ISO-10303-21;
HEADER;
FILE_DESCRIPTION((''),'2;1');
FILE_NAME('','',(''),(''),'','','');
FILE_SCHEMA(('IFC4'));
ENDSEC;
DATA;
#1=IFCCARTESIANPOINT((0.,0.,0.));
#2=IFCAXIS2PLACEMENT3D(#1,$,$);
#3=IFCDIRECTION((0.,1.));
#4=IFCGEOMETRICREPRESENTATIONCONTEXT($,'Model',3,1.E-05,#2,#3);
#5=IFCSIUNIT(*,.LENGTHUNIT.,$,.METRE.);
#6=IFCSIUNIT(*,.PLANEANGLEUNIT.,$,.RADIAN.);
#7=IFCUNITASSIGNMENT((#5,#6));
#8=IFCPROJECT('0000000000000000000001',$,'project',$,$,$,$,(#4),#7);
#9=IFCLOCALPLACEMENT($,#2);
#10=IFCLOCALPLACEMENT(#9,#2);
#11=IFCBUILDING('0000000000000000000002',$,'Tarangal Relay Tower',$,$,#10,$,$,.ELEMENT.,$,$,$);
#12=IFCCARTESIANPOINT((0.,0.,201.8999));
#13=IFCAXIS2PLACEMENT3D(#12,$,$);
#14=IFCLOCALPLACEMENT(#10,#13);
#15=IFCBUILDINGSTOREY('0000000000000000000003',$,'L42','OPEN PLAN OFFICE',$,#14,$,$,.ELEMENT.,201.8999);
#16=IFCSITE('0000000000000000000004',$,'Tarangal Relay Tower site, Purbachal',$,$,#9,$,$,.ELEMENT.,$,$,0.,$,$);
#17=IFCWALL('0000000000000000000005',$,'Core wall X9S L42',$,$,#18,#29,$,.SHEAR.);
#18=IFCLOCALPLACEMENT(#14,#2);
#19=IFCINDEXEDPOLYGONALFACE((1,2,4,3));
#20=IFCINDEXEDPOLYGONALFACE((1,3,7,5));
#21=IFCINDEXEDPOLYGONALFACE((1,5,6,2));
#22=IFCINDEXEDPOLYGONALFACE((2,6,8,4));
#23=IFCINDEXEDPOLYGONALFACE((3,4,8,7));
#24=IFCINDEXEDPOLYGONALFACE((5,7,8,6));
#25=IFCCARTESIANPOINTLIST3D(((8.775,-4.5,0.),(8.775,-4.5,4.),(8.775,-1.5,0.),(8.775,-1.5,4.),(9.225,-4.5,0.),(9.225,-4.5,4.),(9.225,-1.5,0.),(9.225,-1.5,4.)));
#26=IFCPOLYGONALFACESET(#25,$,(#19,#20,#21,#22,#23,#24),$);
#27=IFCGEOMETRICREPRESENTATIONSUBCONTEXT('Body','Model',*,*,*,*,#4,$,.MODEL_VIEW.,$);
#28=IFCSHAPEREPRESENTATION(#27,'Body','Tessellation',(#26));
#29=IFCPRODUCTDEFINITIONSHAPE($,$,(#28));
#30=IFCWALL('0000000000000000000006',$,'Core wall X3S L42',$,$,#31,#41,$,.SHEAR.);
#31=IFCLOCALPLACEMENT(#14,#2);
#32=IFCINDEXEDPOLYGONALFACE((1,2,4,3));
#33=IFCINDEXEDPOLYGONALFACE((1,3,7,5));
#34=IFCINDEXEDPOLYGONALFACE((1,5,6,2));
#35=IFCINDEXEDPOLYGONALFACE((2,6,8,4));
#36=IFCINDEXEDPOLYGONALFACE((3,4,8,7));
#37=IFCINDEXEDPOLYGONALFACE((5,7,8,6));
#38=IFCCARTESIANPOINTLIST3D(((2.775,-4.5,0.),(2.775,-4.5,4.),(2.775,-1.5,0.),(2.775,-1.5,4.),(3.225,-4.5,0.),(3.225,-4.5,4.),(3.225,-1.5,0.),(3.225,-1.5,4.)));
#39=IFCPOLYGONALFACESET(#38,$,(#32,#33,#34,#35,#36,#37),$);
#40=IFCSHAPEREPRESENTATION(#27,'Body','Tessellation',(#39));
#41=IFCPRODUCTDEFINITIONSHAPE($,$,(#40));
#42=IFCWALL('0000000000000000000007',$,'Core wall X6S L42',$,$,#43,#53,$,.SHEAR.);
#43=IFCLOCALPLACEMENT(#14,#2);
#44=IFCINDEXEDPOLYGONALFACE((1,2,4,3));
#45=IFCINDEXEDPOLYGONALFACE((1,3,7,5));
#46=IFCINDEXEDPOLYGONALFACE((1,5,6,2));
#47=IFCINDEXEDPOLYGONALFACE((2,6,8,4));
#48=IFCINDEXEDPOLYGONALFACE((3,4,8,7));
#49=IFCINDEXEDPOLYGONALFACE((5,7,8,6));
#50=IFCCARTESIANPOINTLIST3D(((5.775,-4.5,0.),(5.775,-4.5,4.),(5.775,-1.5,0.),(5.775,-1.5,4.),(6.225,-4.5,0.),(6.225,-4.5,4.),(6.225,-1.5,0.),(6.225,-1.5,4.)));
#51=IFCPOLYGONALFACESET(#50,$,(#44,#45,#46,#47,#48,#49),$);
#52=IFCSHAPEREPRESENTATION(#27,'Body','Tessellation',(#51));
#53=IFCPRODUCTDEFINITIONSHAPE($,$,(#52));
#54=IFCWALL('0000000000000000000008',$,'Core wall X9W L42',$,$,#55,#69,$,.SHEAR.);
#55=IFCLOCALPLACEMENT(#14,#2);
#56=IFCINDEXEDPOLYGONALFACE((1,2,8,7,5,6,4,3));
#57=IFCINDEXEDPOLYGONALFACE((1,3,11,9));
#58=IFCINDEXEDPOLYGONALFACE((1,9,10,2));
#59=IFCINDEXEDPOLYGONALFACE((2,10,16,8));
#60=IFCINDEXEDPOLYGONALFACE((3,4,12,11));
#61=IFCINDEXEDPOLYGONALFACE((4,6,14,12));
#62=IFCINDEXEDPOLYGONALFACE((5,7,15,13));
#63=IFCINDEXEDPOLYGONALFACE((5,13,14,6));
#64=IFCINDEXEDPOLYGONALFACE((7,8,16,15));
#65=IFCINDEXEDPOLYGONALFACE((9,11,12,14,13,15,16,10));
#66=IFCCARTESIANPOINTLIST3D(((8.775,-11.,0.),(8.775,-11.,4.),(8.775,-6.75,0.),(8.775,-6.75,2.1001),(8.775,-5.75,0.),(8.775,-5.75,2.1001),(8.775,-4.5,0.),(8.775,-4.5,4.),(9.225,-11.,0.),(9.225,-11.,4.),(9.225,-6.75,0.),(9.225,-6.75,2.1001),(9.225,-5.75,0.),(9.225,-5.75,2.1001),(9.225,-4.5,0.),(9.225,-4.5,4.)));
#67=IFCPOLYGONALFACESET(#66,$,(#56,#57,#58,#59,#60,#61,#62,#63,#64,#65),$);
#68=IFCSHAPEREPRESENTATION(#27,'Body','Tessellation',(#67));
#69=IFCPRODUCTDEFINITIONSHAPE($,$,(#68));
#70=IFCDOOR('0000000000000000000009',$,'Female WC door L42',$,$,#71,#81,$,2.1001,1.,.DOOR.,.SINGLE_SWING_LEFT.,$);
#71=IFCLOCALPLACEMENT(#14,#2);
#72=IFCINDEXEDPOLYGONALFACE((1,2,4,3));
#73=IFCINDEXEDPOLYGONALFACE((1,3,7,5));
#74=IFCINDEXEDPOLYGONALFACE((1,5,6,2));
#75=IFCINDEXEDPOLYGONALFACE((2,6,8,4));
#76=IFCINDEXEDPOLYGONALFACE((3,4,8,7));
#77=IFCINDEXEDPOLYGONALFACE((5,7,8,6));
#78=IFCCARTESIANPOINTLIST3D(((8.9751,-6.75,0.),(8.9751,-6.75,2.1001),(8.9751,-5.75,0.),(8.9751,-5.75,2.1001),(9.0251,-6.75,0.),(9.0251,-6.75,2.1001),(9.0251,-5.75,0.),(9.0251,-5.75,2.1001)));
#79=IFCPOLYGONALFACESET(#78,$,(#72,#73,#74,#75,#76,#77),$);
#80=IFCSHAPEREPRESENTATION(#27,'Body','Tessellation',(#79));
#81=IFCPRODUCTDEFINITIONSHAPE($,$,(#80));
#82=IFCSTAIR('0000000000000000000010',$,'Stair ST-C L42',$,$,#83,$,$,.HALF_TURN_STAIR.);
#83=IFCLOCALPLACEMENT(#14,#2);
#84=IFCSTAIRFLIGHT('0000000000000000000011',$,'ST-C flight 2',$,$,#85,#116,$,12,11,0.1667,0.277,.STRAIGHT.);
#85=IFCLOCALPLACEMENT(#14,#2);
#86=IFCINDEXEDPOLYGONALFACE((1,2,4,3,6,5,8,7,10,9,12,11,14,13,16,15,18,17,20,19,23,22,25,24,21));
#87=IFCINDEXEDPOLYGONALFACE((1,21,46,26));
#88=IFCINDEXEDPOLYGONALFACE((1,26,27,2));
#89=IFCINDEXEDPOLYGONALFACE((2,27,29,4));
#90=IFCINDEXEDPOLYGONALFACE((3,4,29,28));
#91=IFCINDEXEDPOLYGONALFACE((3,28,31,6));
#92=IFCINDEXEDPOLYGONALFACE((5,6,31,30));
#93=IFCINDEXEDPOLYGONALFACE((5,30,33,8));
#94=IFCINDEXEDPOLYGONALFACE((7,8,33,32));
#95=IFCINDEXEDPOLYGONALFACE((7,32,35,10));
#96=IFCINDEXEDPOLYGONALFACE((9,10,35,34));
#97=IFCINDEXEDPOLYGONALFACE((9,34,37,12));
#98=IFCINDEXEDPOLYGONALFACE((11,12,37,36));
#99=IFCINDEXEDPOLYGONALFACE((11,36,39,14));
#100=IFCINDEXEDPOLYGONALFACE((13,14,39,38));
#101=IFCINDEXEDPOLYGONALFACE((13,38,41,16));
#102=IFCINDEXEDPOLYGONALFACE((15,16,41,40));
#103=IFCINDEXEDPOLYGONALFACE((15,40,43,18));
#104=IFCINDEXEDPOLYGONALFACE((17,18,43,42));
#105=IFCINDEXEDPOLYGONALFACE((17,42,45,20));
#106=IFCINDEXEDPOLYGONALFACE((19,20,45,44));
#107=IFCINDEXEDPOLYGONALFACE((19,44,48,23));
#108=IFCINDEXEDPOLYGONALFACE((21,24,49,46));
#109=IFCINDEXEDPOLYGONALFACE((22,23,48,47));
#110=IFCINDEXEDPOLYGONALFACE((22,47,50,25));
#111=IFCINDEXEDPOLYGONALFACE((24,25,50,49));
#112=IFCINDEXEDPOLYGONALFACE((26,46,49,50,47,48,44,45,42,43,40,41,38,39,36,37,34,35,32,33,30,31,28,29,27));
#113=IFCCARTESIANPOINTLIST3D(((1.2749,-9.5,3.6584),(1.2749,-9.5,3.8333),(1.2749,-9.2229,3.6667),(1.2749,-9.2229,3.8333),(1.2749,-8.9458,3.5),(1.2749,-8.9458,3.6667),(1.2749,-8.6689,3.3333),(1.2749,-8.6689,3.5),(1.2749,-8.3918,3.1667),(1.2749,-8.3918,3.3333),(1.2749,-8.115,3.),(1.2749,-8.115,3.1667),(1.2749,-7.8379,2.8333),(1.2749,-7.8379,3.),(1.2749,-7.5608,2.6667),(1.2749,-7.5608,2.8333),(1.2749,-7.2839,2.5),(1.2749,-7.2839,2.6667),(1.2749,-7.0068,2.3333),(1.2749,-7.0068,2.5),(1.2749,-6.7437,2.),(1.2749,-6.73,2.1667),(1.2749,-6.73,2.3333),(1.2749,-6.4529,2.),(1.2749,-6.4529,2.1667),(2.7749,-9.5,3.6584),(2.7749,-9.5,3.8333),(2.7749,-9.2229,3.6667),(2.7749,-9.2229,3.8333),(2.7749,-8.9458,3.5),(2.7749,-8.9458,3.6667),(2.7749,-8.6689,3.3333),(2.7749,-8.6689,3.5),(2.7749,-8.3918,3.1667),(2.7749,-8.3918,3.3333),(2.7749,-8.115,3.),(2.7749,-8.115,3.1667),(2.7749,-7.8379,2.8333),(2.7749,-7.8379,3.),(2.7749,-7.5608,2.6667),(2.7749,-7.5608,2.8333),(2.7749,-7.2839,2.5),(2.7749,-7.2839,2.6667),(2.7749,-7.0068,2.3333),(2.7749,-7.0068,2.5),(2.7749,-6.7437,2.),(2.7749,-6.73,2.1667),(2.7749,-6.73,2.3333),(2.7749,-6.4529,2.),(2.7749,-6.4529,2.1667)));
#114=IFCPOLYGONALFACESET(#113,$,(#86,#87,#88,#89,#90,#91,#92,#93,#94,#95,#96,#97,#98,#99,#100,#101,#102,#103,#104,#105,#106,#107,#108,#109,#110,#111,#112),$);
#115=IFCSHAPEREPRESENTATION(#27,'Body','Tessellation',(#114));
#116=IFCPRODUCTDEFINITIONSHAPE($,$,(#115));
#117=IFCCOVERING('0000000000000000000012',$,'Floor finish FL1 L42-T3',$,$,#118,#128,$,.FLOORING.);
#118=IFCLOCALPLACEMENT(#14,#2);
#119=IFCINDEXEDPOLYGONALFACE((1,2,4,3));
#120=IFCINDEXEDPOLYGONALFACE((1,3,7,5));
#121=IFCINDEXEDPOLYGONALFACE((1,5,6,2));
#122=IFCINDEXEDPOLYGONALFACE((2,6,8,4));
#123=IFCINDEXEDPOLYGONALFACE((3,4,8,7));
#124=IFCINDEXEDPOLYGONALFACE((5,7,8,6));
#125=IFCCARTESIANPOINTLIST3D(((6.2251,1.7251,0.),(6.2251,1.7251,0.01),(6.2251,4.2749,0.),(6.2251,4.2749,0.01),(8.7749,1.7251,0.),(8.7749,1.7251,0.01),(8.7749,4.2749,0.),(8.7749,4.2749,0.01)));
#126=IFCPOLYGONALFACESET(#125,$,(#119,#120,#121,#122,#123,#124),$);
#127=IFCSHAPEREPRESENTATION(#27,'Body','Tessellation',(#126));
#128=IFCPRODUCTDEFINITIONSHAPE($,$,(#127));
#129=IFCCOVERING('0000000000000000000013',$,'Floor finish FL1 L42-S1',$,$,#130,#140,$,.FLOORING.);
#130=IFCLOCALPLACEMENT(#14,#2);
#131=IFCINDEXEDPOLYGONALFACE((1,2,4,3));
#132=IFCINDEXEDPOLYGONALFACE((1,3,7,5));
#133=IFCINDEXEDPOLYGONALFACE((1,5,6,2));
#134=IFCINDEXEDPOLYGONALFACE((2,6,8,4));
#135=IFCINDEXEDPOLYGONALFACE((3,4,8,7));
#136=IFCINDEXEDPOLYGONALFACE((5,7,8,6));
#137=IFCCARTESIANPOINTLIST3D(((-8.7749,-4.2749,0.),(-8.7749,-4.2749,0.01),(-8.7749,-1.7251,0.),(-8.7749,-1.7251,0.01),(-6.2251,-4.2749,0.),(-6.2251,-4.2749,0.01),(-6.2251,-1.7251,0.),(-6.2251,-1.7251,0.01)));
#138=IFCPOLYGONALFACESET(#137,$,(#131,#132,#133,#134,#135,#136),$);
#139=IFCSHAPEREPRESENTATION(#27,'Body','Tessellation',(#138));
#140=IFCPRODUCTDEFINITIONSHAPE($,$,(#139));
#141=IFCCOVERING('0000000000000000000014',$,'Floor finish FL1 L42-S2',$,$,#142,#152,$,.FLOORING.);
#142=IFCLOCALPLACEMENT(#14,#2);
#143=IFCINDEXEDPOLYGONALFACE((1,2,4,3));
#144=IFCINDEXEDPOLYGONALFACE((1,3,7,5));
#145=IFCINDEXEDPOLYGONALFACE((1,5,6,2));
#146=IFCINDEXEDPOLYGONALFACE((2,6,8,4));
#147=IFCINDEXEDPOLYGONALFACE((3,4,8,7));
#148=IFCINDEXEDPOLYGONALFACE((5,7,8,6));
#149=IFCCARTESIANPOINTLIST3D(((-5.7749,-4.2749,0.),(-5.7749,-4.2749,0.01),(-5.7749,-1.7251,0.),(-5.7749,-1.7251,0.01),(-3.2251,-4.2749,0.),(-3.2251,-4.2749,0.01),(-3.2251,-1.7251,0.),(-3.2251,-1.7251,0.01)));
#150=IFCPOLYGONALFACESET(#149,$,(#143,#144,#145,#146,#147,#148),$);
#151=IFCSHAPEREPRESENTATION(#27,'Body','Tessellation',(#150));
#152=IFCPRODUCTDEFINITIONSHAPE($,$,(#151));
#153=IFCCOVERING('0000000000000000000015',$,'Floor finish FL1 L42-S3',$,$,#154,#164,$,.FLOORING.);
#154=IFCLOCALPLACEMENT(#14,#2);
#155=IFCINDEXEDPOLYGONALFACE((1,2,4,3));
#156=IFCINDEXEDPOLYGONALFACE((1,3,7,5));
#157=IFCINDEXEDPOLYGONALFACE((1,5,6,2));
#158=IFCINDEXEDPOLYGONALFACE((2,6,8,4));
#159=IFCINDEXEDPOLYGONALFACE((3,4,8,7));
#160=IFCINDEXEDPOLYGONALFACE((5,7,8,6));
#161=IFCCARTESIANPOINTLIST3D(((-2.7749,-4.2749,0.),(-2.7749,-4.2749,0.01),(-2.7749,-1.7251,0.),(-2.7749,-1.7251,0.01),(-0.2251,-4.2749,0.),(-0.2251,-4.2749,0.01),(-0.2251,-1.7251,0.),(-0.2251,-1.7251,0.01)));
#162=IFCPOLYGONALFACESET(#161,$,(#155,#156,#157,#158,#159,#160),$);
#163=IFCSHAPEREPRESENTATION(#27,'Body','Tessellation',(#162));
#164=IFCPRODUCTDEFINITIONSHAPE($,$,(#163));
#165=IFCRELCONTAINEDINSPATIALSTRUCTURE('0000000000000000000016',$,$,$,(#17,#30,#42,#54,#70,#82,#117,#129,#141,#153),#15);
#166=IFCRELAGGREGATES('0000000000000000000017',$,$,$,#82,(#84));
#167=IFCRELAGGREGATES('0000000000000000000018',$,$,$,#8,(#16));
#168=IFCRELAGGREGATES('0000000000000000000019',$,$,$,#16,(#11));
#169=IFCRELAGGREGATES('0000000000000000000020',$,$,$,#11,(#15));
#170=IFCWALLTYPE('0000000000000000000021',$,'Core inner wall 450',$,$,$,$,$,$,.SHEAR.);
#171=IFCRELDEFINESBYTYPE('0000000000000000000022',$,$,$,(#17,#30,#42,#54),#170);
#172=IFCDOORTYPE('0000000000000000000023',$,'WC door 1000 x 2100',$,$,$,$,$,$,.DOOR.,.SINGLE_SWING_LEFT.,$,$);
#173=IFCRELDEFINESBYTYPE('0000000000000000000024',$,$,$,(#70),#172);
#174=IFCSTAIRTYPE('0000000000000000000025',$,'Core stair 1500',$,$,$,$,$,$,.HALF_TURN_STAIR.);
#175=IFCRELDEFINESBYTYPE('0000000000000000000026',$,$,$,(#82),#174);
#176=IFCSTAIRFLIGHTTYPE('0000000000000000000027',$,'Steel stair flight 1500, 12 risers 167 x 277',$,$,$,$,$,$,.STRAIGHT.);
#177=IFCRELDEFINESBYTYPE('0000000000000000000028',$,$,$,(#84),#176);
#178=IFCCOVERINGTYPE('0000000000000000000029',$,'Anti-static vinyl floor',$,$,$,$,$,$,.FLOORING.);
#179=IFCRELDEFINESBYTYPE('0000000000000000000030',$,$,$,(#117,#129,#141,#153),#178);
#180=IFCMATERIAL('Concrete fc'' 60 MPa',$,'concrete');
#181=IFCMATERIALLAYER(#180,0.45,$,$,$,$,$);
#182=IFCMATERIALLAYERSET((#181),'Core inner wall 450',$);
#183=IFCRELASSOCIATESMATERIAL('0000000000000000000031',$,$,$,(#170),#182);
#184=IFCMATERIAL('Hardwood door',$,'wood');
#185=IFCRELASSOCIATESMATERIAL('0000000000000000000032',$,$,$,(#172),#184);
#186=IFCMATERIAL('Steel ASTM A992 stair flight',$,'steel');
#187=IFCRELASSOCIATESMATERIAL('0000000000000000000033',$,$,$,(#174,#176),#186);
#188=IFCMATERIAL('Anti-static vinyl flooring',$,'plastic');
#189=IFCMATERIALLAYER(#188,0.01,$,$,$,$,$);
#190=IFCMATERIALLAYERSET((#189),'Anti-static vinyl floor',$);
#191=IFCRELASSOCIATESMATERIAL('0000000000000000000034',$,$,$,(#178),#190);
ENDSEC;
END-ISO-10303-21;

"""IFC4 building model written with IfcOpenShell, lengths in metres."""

from ifc_helpers import new_model, si_unit, direction, frame, frame_2d, origin, place, context, subcontext, project, spatial, polyline, rectangle, outline, extrude, material, layer, layer_set, type_object, element, fill, aggregate, save


model = new_model("IFC4")

# Units and contexts
model_context = context("Model", 3, precision=1e-05, world=origin(), true_north=direction((0.0, 1.0)))
body_context = subcontext(model_context, "Body", "Model", "MODEL_VIEW")
ifc_project = project(units=[si_unit("LENGTHUNIT", "METRE"), si_unit("PLANEANGLEUNIT", "RADIAN")], contexts=[model_context])

# Site, building, storey
site_placement = place(None, origin())
site = spatial("IfcSite", under=ifc_project, at=site_placement, Name="Tarangal Relay Tower site, Purbachal", CompositionType="ELEMENT", RefElevation=0.0)
building_placement = place(site_placement, origin())
building = spatial("IfcBuilding", under=site, at=building_placement, Name="Tarangal Relay Tower", CompositionType="ELEMENT")
storey_placement = place(building_placement, frame((0.0, 0.0, 201.8999)))
storey = spatial("IfcBuildingStorey", under=building, at=storey_placement, Name="L42", Description="OPEN PLAN OFFICE", CompositionType="ELEMENT", Elevation=201.8999)

# Walls
ifc_material_1 = material(Name="Concrete fc' 60 MPa", Category="concrete")
ifc_layer_1 = layer(ifc_material_1, 0.45)
ifc_layer_set_1 = layer_set([ifc_layer_1], Name="Core inner wall 450")
wall_type = type_object("IfcWallType", Name="Core inner wall 450", PredefinedType="SHEAR", material=ifc_layer_set_1)
for number, where, z_axis, x_axis, name in (
    (1, (9.0, -4.5, 0.0), (0.0, 0.0, 1.0), (0.0, 1.0, 0.0), "Core wall X9S L42"),
    (2, (3.0, -4.5, 0.0), (0.0, 0.0, 1.0), (0.0, 1.0, 0.0), "Core wall X3S L42"),
    (3, (6.0, -4.5, 0.0), (0.0, 0.0, 1.0), (0.0, 1.0, 0.0), "Core wall X6S L42"),
):
    element("IfcWall", number, at=place(storey_placement, frame(where, z_axis=z_axis, x_axis=x_axis)), inside=storey, type_object=wall_type, Name=name, PredefinedType="SHEAR", context=body_context, shape_type="SweptSolid", body=[
        extrude(rectangle(XDim=3.0, YDim=0.45, at=frame_2d((1.5, 0.0))), origin(), (0.0, 0.0, 1.0), 4.0),
    ])

# Wall, opening, door
wall_placement = place(storey_placement, frame((9.0, -11.0, 0.0), z_axis=(0.0, 0.0, 1.0), x_axis=(0.0, 1.0, 0.0)))
wall = element("IfcWall", 4, at=wall_placement, inside=storey, type_object=wall_type, Name="Core wall X9W L42", PredefinedType="SHEAR", context=body_context, shape_type="SweptSolid", body=[
    extrude(rectangle(XDim=6.5, YDim=0.45, at=frame_2d((3.25, 0.0))), origin(), (0.0, 0.0, 1.0), 4.0),
])
opening_placement = place(wall_placement, frame((4.25, 0.0, 0.0)))
opening = element("IfcOpeningElement", 5, at=opening_placement, cuts=wall, PredefinedType="OPENING", context=body_context, shape_type="SweptSolid", body=[
    extrude(rectangle(XDim=1.0, YDim=2.1001, at=frame_2d((0.5, 1.05))), frame((0.0, 0.2349, 0.0), z_axis=(0.0, -1.0, 0.0), x_axis=(1.0, 0.0, 0.0)), (0.0, 0.0, 1.0), 0.47),
])
ifc_material_2 = material(Name="Hardwood door", Category="wood")
door_type = type_object("IfcDoorType", Name="WC door 1000 x 2100", OperationType="SINGLE_SWING_LEFT", PredefinedType="DOOR", material=ifc_material_2)
door_placement = place(opening_placement, origin())
door = element("IfcDoor", 6, at=door_placement, inside=storey, type_object=door_type, Name="Female WC door L42", OperationType="SINGLE_SWING_LEFT", OverallHeight=2.1001, OverallWidth=1.0, PredefinedType="DOOR", context=body_context, shape_type="SweptSolid", body=[
    extrude(rectangle(XDim=1.0, YDim=2.1001, at=frame_2d((0.5, 1.05))), frame((0.0, 0.0249, 0.0), z_axis=(0.0, -1.0, 0.0), x_axis=(1.0, 0.0, 0.0)), (0.0, 0.0, 1.0), 0.05),
])
fill(opening, door)

# Stair, stair flight
ifc_material_3 = material(Name="Steel ASTM A992 stair flight", Category="steel")
stair_type = type_object("IfcStairType", Name="Core stair 1500", PredefinedType="HALF_TURN_STAIR", material=ifc_material_3)
stair_placement = place(storey_placement, origin())
stair = element("IfcStair", 7, at=stair_placement, inside=storey, type_object=stair_type, Name="Stair ST-C L42", PredefinedType="HALF_TURN_STAIR")
stair_flight_type = type_object("IfcStairFlightType", Name="Steel stair flight 1500, 12 risers 167 x 277", PredefinedType="STRAIGHT", material=ifc_material_3)
stair_flight_placement = place(storey_placement, frame((2.0249, -6.4529, 2.0), z_axis=(0.0, 0.0, 1.0), x_axis=(0.0, -1.0, 0.0)))
stair_flight = element("IfcStairFlight", 8, at=stair_flight_placement, type_object=stair_flight_type, Name="ST-C flight 2", NumberOfRisers=12, NumberOfTreads=11, PredefinedType="STRAIGHT", RiserHeight=0.1667, TreadLength=0.277, context=body_context, shape_type="SweptSolid", body=[
    extrude(outline(polyline([(0.0, 0.0), (0.0, 0.1667), (0.2771, 0.1667), (0.2771, 0.3333), (0.554, 0.3333), (0.554, 0.5), (0.8311, 0.5), (0.8311, 0.6667), (1.1079, 0.6667), (1.1079, 0.8333), (1.385, 0.8333), (1.385, 1.0), (1.6621, 1.0), (1.6621, 1.1667), (1.939, 1.1667), (1.939, 1.3333), (2.2161, 1.3333), (2.2161, 1.5), (2.4929, 1.5), (2.4929, 1.6667), (2.77, 1.6667), (2.77, 1.8333), (3.0471, 1.8333), (3.0471, 2.0), (3.0471, 1.6584), (0.2908, 0.0), (0.0, 0.0)])), frame((0.0, 0.75, 0.0), z_axis=(0.0, -1.0, 0.0), x_axis=(1.0, 0.0, 0.0)), (0.0, 0.0, 1.0), 1.5),
])
aggregate(stair, [stair_flight])

# Coverings
ifc_material_4 = material(Name="Anti-static vinyl flooring", Category="plastic")
ifc_layer_2 = layer(ifc_material_4, 0.01)
ifc_layer_set_2 = layer_set([ifc_layer_2], Name="Anti-static vinyl floor")
covering_type_1 = type_object("IfcCoveringType", Name="Anti-static vinyl floor", PredefinedType="FLOORING", material=ifc_layer_set_2)
covering_1_placement = place(storey_placement, origin())
element("IfcCovering", 9, at=covering_1_placement, inside=storey, type_object=covering_type_1, Name="Floor finish FL1 L42-T3", PredefinedType="FLOORING", context=body_context, shape_type="SweptSolid", body=[
    extrude(outline(polyline([(6.2251, 1.7251), (8.7749, 1.7251), (8.7749, 4.2749), (6.2251, 4.2749), (6.2251, 1.7251)])), origin(), (0.0, 0.0, 1.0), 0.01),
])
covering_2_placement = place(storey_placement, origin())
element("IfcCovering", 10, at=covering_2_placement, inside=storey, type_object=covering_type_1, Name="Floor finish FL1 L42-S1", PredefinedType="FLOORING", context=body_context, shape_type="SweptSolid", body=[
    extrude(outline(polyline([(-8.7749, -4.2749), (-6.2251, -4.2749), (-6.2251, -1.7251), (-8.7749, -1.7251), (-8.7749, -4.2749)])), origin(), (0.0, 0.0, 1.0), 0.01),
])
covering_3_placement = place(storey_placement, origin())
element("IfcCovering", 11, at=covering_3_placement, inside=storey, type_object=covering_type_1, Name="Floor finish FL1 L42-S2", PredefinedType="FLOORING", context=body_context, shape_type="SweptSolid", body=[
    extrude(outline(polyline([(-5.7749, -4.2749), (-3.2251, -4.2749), (-3.2251, -1.7251), (-5.7749, -1.7251), (-5.7749, -4.2749)])), origin(), (0.0, 0.0, 1.0), 0.01),
])
covering_4_placement = place(storey_placement, origin())
element("IfcCovering", 12, at=covering_4_placement, inside=storey, type_object=covering_type_1, Name="Floor finish FL1 L42-S3", PredefinedType="FLOORING", context=body_context, shape_type="SweptSolid", body=[
    extrude(outline(polyline([(-2.7749, -4.2749), (-0.2251, -4.2749), (-0.2251, -1.7251), (-2.7749, -1.7251), (-2.7749, -4.2749)])), origin(), (0.0, 0.0, 1.0), 0.01),
])

save(model, "model.ifc")
